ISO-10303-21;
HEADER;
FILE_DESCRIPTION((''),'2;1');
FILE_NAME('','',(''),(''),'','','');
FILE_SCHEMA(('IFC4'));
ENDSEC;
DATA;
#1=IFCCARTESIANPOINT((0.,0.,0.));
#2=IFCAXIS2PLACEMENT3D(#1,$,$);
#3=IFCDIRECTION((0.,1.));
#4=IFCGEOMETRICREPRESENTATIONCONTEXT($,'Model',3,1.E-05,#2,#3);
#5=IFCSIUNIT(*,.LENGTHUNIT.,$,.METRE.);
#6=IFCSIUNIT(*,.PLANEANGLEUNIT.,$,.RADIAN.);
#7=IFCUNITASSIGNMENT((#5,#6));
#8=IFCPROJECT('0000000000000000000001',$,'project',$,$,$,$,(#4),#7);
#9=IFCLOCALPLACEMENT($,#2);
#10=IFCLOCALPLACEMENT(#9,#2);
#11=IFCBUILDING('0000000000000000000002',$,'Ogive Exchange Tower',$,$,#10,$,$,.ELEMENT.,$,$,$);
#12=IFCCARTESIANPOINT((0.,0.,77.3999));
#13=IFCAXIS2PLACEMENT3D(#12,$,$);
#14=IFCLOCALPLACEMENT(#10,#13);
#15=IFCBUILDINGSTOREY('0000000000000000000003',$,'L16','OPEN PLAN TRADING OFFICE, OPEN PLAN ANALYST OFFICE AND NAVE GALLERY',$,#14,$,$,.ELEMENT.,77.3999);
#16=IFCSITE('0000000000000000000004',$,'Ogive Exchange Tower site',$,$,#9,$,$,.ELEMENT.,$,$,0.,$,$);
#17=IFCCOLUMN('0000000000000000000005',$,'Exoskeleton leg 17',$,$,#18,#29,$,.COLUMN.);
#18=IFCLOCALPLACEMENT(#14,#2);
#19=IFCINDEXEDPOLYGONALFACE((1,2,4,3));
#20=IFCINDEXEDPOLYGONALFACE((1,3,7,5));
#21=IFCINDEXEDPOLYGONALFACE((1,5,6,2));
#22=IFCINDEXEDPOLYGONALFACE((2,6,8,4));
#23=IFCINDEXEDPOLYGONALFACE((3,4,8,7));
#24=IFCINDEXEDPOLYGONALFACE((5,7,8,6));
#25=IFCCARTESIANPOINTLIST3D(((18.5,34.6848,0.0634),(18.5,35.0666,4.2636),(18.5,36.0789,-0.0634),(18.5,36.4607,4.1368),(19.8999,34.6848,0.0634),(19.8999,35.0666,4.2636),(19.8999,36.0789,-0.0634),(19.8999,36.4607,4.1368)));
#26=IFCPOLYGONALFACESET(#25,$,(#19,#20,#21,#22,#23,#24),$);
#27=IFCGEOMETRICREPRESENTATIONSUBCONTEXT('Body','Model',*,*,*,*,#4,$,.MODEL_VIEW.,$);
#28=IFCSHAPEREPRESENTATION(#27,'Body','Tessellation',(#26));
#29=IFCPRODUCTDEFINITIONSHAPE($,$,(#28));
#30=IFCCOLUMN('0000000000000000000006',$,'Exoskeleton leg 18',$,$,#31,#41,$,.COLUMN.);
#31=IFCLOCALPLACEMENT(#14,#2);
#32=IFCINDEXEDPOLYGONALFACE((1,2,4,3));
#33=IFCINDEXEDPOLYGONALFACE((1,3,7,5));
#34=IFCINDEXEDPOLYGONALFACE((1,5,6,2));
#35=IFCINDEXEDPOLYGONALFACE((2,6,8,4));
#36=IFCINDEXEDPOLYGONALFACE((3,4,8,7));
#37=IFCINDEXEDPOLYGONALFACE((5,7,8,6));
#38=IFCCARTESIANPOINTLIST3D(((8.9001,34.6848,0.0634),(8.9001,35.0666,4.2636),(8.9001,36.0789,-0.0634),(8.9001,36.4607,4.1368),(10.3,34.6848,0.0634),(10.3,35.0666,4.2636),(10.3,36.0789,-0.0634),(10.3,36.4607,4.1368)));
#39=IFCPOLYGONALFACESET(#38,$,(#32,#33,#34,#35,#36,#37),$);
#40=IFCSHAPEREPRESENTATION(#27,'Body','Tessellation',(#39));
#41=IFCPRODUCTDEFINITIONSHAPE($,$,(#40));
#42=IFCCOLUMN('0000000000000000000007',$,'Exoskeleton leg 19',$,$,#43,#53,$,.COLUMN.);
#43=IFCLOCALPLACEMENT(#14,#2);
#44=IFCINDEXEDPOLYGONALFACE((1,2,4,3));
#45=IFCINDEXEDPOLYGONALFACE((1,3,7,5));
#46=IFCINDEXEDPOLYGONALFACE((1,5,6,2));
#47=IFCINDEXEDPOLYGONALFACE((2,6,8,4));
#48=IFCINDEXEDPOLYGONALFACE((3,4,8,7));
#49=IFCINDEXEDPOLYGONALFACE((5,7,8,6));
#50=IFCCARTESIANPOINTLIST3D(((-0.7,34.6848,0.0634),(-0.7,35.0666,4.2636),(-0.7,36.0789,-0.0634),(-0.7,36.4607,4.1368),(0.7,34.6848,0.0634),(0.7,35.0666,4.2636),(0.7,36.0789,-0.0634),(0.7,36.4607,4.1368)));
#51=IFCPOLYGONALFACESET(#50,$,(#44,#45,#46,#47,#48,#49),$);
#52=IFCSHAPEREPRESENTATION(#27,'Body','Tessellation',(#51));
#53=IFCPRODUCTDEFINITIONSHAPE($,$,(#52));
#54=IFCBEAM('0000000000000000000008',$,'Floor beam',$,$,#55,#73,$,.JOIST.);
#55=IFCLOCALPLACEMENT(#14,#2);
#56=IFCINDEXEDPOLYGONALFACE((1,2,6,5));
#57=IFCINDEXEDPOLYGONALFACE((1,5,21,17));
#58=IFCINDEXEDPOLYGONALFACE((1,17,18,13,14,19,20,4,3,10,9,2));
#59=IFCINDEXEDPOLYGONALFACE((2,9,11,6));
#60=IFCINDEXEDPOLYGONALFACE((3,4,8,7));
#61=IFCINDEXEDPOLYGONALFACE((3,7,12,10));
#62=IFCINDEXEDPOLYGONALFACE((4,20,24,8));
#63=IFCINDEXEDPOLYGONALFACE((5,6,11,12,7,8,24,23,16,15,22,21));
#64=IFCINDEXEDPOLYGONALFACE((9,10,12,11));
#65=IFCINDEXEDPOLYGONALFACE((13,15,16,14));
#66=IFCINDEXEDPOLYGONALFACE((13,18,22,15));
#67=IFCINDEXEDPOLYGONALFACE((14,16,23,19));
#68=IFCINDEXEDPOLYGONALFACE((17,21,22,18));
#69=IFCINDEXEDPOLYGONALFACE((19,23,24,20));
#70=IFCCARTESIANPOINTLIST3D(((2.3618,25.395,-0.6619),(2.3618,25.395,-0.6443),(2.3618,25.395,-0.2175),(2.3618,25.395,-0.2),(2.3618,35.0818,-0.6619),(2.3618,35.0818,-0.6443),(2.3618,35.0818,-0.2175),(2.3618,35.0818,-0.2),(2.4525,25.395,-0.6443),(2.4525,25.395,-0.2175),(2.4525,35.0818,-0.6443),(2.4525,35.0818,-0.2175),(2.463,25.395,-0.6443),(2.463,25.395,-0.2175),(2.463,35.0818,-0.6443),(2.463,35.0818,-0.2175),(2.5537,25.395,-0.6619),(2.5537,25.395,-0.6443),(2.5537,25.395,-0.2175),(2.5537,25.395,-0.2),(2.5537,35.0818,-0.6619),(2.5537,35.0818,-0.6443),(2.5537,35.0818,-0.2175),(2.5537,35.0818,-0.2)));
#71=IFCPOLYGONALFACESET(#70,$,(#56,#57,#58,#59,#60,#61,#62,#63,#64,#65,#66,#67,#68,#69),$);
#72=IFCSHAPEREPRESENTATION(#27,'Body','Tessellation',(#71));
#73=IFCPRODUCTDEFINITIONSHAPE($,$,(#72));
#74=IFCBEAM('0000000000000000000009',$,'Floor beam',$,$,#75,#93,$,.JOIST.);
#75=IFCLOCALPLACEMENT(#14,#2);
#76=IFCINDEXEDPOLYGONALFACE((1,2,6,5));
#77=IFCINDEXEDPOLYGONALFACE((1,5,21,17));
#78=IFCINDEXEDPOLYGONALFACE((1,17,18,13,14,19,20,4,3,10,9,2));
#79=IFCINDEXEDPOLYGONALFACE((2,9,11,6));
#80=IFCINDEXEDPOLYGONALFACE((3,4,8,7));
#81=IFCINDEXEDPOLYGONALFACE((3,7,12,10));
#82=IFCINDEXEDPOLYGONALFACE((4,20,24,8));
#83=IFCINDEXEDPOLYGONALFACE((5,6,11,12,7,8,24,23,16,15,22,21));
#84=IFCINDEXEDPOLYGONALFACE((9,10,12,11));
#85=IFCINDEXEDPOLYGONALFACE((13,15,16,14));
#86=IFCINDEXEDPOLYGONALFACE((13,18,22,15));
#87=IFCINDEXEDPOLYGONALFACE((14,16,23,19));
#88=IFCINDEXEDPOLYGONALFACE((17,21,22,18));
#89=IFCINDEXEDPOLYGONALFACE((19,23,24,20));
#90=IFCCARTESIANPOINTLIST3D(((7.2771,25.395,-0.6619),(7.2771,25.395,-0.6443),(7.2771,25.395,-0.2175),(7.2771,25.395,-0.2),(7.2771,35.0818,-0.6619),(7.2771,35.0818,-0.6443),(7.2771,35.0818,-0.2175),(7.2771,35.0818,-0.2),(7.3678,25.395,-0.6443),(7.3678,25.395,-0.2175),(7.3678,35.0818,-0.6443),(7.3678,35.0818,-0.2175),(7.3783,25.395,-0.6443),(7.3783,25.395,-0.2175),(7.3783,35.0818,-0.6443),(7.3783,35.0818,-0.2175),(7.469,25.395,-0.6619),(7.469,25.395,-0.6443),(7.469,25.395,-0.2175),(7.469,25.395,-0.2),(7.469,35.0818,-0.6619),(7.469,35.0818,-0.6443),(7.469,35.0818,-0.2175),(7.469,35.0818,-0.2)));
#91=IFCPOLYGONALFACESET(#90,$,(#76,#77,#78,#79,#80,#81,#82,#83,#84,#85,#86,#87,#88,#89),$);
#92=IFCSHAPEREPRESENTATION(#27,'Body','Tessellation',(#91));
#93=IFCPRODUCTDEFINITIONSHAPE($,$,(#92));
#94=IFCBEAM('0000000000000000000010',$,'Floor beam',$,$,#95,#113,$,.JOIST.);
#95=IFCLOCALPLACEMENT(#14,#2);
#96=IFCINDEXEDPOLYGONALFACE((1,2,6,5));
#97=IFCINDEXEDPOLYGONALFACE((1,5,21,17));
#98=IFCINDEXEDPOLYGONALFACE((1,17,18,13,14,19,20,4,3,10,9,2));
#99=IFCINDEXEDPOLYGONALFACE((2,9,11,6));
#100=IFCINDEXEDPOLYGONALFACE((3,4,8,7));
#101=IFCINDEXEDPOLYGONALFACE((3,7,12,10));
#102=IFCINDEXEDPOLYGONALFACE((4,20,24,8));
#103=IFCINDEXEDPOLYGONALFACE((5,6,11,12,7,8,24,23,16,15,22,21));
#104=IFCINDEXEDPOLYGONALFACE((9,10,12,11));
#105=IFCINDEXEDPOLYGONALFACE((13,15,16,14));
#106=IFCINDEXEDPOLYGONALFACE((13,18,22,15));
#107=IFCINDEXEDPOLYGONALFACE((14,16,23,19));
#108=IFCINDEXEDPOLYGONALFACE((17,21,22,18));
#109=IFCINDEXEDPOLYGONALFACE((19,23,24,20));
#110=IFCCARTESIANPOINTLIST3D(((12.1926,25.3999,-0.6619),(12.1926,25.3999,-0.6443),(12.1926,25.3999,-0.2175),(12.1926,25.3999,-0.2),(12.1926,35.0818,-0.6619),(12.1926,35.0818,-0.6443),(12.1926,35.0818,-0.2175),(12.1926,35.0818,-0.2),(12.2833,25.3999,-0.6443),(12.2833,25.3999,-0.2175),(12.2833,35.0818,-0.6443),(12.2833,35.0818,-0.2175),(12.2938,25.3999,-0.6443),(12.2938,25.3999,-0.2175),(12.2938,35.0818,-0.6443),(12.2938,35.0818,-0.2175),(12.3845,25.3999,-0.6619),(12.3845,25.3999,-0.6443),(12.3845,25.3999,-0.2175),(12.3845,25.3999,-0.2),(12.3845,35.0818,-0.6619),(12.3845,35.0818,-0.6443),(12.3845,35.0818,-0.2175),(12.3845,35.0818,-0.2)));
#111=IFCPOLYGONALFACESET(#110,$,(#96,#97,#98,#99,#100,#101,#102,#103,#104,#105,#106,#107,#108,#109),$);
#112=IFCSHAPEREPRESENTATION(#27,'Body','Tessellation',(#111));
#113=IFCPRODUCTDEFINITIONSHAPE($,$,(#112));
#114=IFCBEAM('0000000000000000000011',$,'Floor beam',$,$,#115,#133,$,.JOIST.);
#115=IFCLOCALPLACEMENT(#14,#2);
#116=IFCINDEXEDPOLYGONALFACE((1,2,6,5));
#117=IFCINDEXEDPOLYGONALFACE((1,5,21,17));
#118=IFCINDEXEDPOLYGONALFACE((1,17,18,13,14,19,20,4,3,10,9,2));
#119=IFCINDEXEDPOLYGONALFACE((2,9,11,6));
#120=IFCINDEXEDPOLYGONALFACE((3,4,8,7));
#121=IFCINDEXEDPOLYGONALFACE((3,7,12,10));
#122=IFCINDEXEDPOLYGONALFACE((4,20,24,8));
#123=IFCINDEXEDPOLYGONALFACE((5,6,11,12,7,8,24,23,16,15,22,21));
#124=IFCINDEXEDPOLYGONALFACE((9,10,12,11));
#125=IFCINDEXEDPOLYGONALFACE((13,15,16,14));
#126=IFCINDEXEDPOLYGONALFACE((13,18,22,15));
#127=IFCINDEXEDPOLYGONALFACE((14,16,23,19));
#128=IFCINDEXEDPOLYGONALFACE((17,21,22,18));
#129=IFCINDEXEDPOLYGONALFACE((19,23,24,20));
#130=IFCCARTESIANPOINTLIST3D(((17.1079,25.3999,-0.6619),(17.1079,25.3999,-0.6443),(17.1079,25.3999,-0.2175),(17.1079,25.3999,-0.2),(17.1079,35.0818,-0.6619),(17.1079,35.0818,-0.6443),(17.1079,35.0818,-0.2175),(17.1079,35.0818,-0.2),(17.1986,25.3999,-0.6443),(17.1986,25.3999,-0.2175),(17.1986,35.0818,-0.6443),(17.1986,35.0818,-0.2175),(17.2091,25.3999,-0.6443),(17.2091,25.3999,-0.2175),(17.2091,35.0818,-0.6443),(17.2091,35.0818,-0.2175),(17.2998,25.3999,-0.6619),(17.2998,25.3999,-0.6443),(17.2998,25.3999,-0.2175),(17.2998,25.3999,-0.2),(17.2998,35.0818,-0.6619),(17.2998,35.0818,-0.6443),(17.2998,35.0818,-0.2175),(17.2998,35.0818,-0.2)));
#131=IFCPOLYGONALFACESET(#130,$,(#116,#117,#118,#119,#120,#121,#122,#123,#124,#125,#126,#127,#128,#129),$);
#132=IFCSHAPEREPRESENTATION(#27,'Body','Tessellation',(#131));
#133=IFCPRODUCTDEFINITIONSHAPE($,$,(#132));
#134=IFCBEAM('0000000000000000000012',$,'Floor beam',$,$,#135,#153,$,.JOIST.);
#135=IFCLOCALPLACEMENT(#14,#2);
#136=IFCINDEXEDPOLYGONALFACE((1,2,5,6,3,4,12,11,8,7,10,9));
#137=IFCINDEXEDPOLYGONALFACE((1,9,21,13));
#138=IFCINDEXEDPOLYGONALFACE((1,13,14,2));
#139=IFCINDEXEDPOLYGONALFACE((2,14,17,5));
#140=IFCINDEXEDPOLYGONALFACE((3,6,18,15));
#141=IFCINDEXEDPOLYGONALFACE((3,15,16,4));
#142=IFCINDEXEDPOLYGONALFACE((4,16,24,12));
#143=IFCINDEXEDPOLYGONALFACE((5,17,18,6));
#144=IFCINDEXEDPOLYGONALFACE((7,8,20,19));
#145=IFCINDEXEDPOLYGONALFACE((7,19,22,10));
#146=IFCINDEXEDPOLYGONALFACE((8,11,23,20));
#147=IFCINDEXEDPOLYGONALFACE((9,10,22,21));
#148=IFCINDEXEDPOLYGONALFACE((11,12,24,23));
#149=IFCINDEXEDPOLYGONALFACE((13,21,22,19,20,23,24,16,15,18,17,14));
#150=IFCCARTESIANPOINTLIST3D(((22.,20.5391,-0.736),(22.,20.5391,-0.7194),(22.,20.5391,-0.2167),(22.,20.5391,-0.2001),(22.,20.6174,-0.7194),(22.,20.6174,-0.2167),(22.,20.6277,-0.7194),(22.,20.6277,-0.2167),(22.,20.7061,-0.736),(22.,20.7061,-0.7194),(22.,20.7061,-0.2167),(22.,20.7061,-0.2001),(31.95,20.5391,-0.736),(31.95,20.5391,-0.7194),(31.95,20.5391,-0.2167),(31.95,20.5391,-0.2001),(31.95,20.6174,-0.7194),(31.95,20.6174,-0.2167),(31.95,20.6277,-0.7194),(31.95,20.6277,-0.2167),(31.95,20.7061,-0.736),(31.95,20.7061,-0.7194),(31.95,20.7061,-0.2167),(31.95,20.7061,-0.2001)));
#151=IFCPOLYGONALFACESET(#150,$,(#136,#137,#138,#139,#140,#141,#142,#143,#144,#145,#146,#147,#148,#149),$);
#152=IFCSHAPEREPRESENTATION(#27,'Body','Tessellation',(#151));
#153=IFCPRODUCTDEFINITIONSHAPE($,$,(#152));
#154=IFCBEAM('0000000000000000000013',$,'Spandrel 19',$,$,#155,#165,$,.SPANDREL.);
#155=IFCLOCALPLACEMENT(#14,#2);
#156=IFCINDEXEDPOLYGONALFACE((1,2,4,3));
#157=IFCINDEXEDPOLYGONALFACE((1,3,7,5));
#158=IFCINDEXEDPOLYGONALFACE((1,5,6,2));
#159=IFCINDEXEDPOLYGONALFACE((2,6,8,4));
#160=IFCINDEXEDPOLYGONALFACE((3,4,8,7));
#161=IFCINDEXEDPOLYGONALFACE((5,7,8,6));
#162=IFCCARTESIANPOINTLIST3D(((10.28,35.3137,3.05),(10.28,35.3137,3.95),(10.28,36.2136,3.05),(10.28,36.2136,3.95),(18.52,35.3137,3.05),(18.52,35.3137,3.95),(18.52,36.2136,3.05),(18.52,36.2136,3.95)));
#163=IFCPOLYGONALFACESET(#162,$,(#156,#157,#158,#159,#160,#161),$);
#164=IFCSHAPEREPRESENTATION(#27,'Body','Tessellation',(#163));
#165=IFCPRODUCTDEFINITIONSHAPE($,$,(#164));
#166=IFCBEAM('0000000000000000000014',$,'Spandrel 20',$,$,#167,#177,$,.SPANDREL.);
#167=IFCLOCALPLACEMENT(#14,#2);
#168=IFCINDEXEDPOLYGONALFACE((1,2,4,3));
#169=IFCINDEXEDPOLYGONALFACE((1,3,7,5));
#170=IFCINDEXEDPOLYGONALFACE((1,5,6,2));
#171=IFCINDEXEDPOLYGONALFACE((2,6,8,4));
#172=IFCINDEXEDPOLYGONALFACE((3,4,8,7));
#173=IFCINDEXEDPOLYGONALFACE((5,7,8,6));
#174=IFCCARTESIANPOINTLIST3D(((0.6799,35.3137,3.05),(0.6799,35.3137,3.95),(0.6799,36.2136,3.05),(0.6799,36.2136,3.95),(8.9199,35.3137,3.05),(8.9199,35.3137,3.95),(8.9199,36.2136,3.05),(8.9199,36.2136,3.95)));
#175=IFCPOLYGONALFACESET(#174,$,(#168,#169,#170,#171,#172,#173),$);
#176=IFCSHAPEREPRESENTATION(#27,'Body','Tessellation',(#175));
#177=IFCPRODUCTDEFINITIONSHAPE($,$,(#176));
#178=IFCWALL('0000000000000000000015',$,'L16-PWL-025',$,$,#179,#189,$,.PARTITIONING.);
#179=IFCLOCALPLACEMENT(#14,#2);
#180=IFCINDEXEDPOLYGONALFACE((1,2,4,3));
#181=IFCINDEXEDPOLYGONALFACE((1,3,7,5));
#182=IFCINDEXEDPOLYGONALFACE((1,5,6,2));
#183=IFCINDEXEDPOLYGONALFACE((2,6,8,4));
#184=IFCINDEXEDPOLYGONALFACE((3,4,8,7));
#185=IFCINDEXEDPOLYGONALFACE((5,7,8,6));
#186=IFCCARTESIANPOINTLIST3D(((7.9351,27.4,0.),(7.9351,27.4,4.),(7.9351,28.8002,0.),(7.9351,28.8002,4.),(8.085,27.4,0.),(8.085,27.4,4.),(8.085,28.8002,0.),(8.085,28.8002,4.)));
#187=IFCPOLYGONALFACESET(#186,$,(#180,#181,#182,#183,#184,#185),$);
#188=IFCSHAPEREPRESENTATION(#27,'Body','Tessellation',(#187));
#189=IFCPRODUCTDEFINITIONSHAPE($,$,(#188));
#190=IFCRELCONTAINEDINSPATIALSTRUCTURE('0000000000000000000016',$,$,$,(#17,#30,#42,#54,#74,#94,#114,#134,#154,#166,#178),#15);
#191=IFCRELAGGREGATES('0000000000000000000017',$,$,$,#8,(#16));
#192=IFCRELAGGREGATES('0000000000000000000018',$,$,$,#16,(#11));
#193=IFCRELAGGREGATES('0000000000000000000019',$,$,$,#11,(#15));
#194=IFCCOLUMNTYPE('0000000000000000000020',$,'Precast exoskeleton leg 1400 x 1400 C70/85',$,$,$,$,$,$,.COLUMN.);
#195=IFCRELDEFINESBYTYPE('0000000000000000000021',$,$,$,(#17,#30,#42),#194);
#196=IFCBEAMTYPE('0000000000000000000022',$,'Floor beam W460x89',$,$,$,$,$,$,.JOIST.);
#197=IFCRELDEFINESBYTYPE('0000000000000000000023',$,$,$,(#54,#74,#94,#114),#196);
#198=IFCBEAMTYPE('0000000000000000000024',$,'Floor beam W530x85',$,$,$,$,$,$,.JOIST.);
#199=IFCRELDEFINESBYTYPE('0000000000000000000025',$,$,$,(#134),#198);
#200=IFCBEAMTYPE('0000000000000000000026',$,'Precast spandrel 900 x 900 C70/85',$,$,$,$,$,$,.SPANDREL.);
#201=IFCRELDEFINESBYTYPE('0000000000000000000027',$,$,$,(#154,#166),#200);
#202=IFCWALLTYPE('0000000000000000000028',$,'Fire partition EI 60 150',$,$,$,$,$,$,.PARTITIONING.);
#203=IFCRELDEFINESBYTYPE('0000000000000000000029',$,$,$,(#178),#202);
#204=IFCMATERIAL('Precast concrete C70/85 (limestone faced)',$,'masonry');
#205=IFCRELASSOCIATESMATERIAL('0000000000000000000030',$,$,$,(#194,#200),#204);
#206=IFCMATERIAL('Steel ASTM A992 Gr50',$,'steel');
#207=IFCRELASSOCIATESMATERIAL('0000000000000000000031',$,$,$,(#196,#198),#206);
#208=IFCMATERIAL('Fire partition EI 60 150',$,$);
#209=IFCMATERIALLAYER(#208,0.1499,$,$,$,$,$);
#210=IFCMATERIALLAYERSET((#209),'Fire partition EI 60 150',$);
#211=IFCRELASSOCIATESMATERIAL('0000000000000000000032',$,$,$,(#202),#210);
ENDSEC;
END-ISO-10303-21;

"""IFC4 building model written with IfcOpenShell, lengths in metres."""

from ifc_helpers import new_model, si_unit, direction, frame, frame_2d, origin, origin_2d, place, context, subcontext, project, spatial, rectangle, i_section, extrude, material, layer, layer_set, material_profile, profile_set, type_object, element, save


model = new_model("IFC4")

# Units and contexts
model_context = context("Model", 3, precision=1e-05, world=origin(), true_north=direction((0.0, 1.0)))
body_context = subcontext(model_context, "Body", "Model", "MODEL_VIEW")
ifc_project = project(units=[si_unit("LENGTHUNIT", "METRE"), si_unit("PLANEANGLEUNIT", "RADIAN")], contexts=[model_context])

# Site, building, storey
site_placement = place(None, origin())
site = spatial("IfcSite", under=ifc_project, at=site_placement, Name="Ogive Exchange Tower site", CompositionType="ELEMENT", RefElevation=0.0)
building_placement = place(site_placement, origin())
building = spatial("IfcBuilding", under=site, at=building_placement, Name="Ogive Exchange Tower", CompositionType="ELEMENT")
storey_placement = place(building_placement, frame((0.0, 0.0, 77.3999)))
storey = spatial("IfcBuildingStorey", under=building, at=storey_placement, Name="L16", Description="OPEN PLAN TRADING OFFICE, OPEN PLAN ANALYST OFFICE AND NAVE GALLERY", CompositionType="ELEMENT", Elevation=77.3999)

# Columns
ifc_material_1 = material(Name="Precast concrete C70/85 (limestone faced)", Category="masonry")
ifc_material_profile_1 = material_profile(ifc_material_1, rectangle(XDim=1.3999, YDim=1.3999, at=origin_2d()), Name="1400 x 1400")
ifc_profile_set_1 = profile_set([ifc_material_profile_1], Name="Precast concrete C70/85 (limestone faced)")
column_type = type_object("IfcColumnType", Name="Precast exoskeleton leg 1400 x 1400 C70/85", PredefinedType="COLUMN", material=ifc_profile_set_1)
for number, where, z_axis, x_axis, name in (
    (1, (19.2, 35.3818, 0.0), (0.0, 0.090536, 0.995893), (-1.0, 0.0, 0.0), "Exoskeleton leg 17"),
    (2, (9.6001, 35.3818, 0.0), (0.0, 0.090536, 0.995893), (-1.0, 0.0, 0.0), "Exoskeleton leg 18"),
    (3, (0.0, 35.3818, 0.0), (0.0, 0.090536, 0.995893), (-1.0, 0.0, 0.0), "Exoskeleton leg 19"),
):
    element("IfcColumn", number, at=place(storey_placement, frame(where, z_axis=z_axis, x_axis=x_axis)), inside=storey, type_object=column_type, Name=name, PredefinedType="COLUMN", context=body_context, shape_type="SweptSolid", body=[
        extrude(rectangle(XDim=1.3999, YDim=1.3999, at=origin_2d()), origin(), (0.0, 0.0, 1.0), 4.2175),
    ])

# Beams
ifc_material_2 = material(Name="Steel ASTM A992 Gr50", Category="steel")
ifc_material_profile_2 = material_profile(ifc_material_2, i_section(OverallWidth=0.1919, OverallDepth=0.4619, WebThickness=0.0105, FlangeThickness=0.0176, at=origin_2d()), Name="W460x89")
ifc_profile_set_2 = profile_set([ifc_material_profile_2], Name="Steel ASTM A992 Gr50")
beam_type_1 = type_object("IfcBeamType", Name="Floor beam W460x89", PredefinedType="JOIST", material=ifc_profile_set_2)
for number, where, z_axis, x_axis, name in (
    (4, (2.4578, 25.395, -0.4309), (0.0, 1.0, 0.0), (-1.0, 0.0, 0.0), "Floor beam"),
    (5, (7.373, 25.395, -0.4309), (0.0, 1.0, 0.0), (-1.0, 0.0, 0.0), "Floor beam"),
):
    element("IfcBeam", number, at=place(storey_placement, frame(where, z_axis=z_axis, x_axis=x_axis)), inside=storey, type_object=beam_type_1, Name=name, PredefinedType="JOIST", context=body_context, shape_type="SweptSolid", body=[
        extrude(i_section(OverallWidth=0.1919, OverallDepth=0.4619, WebThickness=0.0105, FlangeThickness=0.0176, at=origin_2d()), origin(), (0.0, 0.0, 1.0), 9.6868),
    ])
for number, where, z_axis, x_axis, name in (
    (6, (12.2886, 25.3999, -0.4309), (0.0, 1.0, 0.0), (-1.0, 0.0, 0.0), "Floor beam"),
    (7, (17.2039, 25.3999, -0.4309), (0.0, 1.0, 0.0), (-1.0, 0.0, 0.0), "Floor beam"),
):
    element("IfcBeam", number, at=place(storey_placement, frame(where, z_axis=z_axis, x_axis=x_axis)), inside=storey, type_object=beam_type_1, Name=name, PredefinedType="JOIST", context=body_context, shape_type="SweptSolid", body=[
        extrude(i_section(OverallWidth=0.1919, OverallDepth=0.4619, WebThickness=0.0105, FlangeThickness=0.0176, at=origin_2d()), origin(), (0.0, 0.0, 1.0), 9.6819),
    ])
ifc_material_profile_3 = material_profile(ifc_material_2, i_section(OverallWidth=0.167, OverallDepth=0.5359, WebThickness=0.0103, FlangeThickness=0.0166, at=origin_2d()), Name="W530x85")
ifc_profile_set_3 = profile_set([ifc_material_profile_3], Name="Steel ASTM A992 Gr50")
beam_type_2 = type_object("IfcBeamType", Name="Floor beam W530x85", PredefinedType="JOIST", material=ifc_profile_set_3)
beam_placement = place(storey_placement, frame((22.0, 20.6226, -0.468), z_axis=(1.0, 0.0, 0.0), x_axis=(0.0, 1.0, 0.0)))
element("IfcBeam", 8, at=beam_placement, inside=storey, type_object=beam_type_2, Name="Floor beam", PredefinedType="JOIST", context=body_context, shape_type="SweptSolid", body=[
    extrude(i_section(OverallWidth=0.167, OverallDepth=0.5359, WebThickness=0.0103, FlangeThickness=0.0166, at=origin_2d()), origin(), (0.0, 0.0, 1.0), 9.95),
])
ifc_material_profile_4 = material_profile(ifc_material_1, rectangle(XDim=0.8999, YDim=0.8999, at=origin_2d()), Name="900 x 900")
ifc_profile_set_4 = profile_set([ifc_material_profile_4], Name="Precast concrete C70/85 (limestone faced)")
beam_type_3 = type_object("IfcBeamType", Name="Precast spandrel 900 x 900 C70/85", PredefinedType="SPANDREL", material=ifc_profile_set_4)
for number, where, z_axis, x_axis, name in (
    (9, (18.52, 35.7637, 3.5), (-1.0, 0.0, 0.0), (0.0, -1.0, 0.0), "Spandrel 19"),
    (10, (8.9199, 35.7637, 3.5), (-1.0, 0.0, 0.0), (0.0, -1.0, 0.0), "Spandrel 20"),
):
    element("IfcBeam", number, at=place(storey_placement, frame(where, z_axis=z_axis, x_axis=x_axis)), inside=storey, type_object=beam_type_3, Name=name, PredefinedType="SPANDREL", context=body_context, shape_type="SweptSolid", body=[
        extrude(rectangle(XDim=0.8999, YDim=0.8999, at=origin_2d()), origin(), (0.0, 0.0, 1.0), 8.24),
    ])

# Wall
ifc_material_3 = material(Name="Fire partition EI 60 150")
ifc_layer_1 = layer(ifc_material_3, 0.1499)
ifc_layer_set_1 = layer_set([ifc_layer_1], Name="Fire partition EI 60 150")
wall_type_1 = type_object("IfcWallType", Name="Fire partition EI 60 150", PredefinedType="PARTITIONING", material=ifc_layer_set_1)
wall_1_placement = place(storey_placement, frame((8.01, 27.3999, 0.0), z_axis=(0.0, 0.0, 1.0), x_axis=(0.0, 1.0, 0.0)))
element("IfcWall", 11, at=wall_1_placement, inside=storey, type_object=wall_type_1, Name="L16-PWL-025", PredefinedType="PARTITIONING", context=body_context, shape_type="SweptSolid", body=[
    extrude(rectangle(XDim=1.4001, YDim=0.1499, at=frame_2d((0.7002, 0.0))), origin(), (0.0, 0.0, 1.0), 4.0),
])

save(model, "model.ifc")
